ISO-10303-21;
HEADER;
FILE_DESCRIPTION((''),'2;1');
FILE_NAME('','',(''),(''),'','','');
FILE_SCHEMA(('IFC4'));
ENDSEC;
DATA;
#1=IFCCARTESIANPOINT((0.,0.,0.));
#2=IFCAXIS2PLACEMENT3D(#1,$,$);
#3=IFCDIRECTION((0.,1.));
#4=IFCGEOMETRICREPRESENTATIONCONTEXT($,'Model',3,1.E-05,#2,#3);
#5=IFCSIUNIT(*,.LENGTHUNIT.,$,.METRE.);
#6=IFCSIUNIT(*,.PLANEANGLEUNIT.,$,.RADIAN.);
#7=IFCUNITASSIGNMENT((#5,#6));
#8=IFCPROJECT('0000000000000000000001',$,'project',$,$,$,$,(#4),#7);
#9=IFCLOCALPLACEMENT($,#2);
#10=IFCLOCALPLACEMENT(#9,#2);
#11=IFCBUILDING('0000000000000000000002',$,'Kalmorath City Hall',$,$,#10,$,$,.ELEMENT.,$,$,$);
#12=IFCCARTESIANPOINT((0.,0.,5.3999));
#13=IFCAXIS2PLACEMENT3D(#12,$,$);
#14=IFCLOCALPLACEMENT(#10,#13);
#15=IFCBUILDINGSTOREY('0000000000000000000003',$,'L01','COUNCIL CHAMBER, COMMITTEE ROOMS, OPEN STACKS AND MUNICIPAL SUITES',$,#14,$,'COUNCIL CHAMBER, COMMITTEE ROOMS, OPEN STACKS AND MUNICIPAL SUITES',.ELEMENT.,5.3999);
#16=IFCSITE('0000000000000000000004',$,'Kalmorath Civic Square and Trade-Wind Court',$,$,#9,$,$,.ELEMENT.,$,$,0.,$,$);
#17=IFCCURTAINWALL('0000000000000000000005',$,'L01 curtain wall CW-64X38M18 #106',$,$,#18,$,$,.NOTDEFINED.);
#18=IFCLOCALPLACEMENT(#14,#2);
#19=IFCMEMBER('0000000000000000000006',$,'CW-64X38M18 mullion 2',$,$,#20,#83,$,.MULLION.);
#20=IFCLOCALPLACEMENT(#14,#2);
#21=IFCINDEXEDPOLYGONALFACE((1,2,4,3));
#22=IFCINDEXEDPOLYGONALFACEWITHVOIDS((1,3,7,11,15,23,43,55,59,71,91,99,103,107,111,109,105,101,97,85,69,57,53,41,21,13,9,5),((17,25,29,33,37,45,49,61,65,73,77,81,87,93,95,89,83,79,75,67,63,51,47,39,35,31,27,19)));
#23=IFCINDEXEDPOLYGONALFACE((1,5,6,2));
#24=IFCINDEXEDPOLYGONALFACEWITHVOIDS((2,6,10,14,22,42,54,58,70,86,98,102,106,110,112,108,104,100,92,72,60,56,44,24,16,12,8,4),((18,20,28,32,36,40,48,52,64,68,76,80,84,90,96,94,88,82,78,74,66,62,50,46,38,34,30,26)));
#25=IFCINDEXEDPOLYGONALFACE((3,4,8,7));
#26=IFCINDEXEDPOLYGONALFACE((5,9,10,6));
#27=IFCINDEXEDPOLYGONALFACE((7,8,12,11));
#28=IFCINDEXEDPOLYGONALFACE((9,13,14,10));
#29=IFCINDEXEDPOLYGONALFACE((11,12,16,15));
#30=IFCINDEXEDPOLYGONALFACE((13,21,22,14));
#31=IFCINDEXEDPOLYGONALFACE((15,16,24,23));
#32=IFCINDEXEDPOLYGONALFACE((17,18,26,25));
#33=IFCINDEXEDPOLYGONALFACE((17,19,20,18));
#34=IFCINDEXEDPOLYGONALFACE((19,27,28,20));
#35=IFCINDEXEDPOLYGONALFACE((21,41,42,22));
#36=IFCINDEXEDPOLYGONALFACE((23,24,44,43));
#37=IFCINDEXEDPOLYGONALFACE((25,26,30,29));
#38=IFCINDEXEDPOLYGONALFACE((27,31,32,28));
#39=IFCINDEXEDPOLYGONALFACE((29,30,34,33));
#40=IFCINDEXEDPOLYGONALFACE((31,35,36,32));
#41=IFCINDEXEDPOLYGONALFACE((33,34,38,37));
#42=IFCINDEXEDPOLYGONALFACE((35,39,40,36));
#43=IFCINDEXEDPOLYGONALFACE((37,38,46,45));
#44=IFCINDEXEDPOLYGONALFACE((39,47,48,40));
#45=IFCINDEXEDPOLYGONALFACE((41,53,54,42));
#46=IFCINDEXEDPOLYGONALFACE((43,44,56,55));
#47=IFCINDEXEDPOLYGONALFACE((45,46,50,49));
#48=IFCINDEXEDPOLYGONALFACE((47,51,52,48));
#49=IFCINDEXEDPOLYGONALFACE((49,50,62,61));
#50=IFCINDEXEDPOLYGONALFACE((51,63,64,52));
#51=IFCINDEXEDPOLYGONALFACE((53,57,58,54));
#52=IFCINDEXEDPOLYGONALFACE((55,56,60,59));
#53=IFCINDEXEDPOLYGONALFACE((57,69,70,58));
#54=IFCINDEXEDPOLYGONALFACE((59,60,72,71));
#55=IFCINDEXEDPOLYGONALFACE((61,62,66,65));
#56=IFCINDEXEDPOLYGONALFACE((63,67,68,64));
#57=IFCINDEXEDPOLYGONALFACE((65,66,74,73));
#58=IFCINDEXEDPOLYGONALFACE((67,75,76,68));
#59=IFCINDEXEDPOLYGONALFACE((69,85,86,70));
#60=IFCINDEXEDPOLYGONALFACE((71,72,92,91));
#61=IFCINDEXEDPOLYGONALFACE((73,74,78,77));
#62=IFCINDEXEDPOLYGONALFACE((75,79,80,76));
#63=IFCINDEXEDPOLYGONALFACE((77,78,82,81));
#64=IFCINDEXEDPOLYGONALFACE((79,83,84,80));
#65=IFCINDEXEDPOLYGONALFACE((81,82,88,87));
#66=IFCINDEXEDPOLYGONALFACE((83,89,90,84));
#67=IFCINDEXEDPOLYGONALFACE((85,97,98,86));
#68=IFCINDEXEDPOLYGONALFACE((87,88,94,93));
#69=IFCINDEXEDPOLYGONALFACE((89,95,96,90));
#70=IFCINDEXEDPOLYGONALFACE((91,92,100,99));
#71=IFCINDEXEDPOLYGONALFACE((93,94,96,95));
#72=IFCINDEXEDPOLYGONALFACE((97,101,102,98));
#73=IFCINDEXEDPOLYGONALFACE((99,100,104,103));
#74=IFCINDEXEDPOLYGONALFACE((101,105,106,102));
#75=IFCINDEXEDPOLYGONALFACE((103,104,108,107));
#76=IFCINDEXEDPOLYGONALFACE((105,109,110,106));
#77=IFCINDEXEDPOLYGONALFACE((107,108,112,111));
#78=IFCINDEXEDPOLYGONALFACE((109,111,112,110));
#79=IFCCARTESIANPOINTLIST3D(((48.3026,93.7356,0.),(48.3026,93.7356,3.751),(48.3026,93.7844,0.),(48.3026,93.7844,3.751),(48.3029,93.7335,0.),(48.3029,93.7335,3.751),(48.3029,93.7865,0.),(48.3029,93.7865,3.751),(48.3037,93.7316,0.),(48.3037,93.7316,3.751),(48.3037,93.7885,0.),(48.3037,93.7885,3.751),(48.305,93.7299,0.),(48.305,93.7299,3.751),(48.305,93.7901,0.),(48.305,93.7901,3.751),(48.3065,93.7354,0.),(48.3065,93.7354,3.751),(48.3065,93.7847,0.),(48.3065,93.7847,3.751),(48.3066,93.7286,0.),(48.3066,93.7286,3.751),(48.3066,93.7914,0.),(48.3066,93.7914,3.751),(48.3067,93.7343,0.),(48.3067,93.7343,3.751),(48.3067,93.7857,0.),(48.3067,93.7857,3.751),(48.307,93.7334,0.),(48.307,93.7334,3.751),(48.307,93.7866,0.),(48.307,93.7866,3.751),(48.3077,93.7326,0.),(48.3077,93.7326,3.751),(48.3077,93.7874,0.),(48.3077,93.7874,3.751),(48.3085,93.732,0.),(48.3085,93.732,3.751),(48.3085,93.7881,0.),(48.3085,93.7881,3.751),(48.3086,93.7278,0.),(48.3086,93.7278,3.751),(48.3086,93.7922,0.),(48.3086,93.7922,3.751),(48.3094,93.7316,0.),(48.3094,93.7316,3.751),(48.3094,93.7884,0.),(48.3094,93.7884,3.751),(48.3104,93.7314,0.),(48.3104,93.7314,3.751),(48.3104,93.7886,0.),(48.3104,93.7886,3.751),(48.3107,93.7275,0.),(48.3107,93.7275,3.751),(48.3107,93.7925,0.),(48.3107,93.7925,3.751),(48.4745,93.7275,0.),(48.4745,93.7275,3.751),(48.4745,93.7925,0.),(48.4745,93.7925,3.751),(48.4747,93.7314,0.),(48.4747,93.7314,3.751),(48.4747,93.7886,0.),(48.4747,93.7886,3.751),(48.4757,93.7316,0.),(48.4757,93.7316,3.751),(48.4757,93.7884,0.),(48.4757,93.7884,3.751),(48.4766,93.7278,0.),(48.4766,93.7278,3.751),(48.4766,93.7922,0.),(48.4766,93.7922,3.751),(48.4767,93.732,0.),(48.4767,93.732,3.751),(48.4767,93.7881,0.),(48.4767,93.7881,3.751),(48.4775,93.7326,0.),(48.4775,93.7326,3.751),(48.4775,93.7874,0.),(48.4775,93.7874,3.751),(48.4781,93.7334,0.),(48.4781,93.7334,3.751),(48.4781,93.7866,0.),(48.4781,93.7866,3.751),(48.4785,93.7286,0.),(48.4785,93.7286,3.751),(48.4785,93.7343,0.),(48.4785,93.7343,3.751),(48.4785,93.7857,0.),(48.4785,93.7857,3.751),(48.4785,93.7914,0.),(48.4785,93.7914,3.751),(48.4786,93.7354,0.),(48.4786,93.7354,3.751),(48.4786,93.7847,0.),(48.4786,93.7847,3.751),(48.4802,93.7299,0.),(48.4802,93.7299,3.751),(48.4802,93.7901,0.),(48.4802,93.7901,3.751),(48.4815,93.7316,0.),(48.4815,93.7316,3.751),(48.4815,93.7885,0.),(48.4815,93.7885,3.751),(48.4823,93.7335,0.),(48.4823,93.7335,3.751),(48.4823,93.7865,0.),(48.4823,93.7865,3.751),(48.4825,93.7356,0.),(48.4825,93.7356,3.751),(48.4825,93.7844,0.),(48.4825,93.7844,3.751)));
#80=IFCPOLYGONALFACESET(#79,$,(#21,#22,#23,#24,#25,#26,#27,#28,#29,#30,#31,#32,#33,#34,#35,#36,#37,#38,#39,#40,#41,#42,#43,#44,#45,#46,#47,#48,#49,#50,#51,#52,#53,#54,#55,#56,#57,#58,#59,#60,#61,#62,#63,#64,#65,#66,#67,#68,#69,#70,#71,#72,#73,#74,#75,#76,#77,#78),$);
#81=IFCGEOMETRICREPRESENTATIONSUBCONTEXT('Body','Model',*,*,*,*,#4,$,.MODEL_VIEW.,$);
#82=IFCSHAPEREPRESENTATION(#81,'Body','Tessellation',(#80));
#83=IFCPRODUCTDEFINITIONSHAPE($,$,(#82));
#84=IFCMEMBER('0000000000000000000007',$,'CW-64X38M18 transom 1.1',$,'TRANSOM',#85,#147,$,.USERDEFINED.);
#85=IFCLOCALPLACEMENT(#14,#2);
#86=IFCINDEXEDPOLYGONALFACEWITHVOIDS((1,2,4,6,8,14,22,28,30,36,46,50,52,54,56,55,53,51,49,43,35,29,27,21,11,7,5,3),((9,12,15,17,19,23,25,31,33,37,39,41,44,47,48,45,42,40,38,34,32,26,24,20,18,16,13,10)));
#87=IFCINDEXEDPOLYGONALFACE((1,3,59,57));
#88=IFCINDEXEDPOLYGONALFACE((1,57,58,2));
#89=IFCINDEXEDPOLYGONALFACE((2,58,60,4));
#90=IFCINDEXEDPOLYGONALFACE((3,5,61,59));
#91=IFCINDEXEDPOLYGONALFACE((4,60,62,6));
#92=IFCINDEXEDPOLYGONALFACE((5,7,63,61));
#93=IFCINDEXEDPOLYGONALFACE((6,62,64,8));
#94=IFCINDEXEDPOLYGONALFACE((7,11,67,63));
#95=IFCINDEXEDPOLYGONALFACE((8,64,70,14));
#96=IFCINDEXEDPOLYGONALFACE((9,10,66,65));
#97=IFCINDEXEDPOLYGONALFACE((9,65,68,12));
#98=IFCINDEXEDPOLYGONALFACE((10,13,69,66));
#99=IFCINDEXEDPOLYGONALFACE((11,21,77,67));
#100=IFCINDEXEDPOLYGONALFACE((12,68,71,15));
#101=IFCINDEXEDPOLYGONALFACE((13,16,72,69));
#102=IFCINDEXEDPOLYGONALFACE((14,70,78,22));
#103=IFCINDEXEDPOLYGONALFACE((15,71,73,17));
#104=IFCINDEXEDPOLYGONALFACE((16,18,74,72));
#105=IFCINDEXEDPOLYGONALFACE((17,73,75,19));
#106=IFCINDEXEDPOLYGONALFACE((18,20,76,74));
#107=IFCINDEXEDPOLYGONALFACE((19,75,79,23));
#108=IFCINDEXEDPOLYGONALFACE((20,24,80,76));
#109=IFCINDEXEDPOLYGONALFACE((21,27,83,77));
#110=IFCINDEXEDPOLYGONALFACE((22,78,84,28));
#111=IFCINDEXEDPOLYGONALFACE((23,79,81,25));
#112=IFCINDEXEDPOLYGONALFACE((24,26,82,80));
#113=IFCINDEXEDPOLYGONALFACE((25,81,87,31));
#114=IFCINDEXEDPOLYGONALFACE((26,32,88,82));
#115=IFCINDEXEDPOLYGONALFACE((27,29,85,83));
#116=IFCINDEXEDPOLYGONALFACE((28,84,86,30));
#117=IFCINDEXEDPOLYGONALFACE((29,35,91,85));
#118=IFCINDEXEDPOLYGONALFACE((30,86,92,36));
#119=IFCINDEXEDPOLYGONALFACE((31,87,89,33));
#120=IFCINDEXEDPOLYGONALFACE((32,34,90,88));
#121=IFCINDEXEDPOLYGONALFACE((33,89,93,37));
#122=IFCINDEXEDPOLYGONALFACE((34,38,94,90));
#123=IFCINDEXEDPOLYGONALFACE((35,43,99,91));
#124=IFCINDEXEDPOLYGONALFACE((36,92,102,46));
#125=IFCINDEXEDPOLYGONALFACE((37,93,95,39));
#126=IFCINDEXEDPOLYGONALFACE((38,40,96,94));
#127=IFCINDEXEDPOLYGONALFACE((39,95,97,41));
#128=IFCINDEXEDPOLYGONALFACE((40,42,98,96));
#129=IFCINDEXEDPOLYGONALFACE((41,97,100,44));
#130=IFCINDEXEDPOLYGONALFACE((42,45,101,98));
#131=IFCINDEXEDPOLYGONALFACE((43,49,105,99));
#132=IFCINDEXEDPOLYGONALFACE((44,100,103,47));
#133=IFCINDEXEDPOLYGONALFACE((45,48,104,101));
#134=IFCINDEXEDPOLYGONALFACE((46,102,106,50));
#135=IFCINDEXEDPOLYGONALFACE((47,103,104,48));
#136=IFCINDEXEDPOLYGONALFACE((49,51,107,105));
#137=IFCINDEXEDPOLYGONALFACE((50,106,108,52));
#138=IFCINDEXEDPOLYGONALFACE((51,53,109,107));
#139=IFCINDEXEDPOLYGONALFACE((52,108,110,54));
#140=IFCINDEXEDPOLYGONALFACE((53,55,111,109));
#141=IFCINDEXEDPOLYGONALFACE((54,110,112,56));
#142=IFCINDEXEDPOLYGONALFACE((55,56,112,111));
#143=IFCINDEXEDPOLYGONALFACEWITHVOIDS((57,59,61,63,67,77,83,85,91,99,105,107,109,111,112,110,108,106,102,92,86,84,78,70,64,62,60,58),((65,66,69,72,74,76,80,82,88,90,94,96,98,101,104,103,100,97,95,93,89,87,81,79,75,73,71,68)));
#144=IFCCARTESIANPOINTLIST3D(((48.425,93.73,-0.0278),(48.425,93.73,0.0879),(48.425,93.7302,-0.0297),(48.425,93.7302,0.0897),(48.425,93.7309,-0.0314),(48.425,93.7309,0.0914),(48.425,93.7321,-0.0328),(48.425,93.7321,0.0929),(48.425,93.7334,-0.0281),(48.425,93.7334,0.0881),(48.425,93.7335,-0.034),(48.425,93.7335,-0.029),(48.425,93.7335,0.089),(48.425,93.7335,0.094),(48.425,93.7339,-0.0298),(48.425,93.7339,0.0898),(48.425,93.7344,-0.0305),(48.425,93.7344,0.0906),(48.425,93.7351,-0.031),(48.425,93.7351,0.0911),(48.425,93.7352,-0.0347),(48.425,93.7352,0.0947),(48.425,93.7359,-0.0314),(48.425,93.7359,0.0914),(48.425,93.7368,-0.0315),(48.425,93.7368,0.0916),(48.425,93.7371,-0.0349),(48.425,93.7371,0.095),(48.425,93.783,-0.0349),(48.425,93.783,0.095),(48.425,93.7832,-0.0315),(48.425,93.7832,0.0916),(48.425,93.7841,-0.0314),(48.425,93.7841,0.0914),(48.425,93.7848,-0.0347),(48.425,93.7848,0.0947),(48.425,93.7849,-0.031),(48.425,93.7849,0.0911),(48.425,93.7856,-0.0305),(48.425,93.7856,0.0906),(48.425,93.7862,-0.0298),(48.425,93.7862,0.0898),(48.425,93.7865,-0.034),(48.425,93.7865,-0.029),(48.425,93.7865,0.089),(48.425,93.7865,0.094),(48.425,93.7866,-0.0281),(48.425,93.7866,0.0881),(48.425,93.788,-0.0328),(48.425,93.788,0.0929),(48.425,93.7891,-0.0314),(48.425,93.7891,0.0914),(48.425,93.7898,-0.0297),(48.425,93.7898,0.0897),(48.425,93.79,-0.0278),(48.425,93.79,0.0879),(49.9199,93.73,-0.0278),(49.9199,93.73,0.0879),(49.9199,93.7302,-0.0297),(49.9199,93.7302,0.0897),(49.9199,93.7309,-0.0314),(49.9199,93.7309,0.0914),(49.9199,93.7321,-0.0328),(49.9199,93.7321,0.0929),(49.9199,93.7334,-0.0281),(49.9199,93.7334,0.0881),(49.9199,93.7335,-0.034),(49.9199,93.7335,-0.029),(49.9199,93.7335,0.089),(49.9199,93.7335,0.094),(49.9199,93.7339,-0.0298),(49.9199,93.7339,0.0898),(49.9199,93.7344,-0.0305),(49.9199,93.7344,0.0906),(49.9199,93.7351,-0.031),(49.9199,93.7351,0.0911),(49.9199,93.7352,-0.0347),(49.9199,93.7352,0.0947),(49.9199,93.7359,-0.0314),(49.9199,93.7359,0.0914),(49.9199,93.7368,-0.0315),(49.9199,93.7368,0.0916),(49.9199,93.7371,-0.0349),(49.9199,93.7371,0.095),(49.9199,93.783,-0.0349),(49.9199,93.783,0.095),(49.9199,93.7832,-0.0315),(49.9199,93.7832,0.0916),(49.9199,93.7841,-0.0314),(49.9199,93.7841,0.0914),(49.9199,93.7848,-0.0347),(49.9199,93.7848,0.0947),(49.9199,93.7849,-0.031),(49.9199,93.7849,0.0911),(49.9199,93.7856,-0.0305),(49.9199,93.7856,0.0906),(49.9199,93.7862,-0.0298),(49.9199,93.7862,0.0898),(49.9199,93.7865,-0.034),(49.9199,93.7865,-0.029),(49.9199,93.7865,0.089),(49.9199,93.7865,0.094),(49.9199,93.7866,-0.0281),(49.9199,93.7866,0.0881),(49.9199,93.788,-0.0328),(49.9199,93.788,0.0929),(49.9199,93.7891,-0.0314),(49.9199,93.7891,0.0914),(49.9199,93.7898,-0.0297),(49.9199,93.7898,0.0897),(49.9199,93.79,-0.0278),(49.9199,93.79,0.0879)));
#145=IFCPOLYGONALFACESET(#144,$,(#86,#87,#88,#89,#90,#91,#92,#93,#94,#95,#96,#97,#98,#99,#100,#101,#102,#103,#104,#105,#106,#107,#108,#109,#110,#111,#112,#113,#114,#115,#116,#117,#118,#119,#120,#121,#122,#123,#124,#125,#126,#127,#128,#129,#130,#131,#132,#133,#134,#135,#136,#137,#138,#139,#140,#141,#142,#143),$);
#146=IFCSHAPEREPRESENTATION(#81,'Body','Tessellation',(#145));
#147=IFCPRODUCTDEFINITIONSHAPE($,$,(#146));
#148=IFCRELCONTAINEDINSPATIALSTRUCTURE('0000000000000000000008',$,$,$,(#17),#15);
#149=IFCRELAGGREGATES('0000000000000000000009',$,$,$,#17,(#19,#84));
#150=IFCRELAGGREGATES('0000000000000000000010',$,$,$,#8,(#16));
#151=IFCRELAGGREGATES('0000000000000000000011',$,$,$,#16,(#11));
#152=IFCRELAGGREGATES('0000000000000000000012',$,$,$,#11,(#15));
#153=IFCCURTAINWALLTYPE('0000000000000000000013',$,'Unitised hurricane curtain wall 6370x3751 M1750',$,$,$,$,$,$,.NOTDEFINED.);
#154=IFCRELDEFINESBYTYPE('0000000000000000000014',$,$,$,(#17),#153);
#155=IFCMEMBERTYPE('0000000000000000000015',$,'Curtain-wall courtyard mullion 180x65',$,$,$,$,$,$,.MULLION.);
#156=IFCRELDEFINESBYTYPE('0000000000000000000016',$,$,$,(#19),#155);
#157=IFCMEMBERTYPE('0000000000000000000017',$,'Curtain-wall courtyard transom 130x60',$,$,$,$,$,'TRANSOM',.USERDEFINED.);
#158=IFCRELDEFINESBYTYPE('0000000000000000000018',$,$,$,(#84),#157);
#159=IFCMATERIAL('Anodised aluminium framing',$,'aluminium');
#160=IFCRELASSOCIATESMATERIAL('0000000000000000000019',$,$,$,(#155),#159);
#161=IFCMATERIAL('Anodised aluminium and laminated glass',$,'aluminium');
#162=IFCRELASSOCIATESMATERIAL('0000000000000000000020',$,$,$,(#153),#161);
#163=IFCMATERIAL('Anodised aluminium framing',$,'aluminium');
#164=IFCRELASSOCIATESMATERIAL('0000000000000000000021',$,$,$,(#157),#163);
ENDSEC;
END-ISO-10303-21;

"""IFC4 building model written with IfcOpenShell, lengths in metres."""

from ifc_helpers import new_model, si_unit, direction, frame, origin, origin_2d, place, context, subcontext, project, spatial, hollow_rectangle, extrude, material, material_profile, profile_set, type_object, element, aggregate, save


model = new_model("IFC4")

# Units and contexts
model_context = context("Model", 3, precision=1e-05, world=origin(), true_north=direction((0.0, 1.0)))
body_context = subcontext(model_context, "Body", "Model", "MODEL_VIEW")
ifc_project = project(units=[si_unit("LENGTHUNIT", "METRE"), si_unit("PLANEANGLEUNIT", "RADIAN")], contexts=[model_context])

# Site, building, storey
site_placement = place(None, origin())
site = spatial("IfcSite", under=ifc_project, at=site_placement, Name="Kalmorath Civic Square and Trade-Wind Court", CompositionType="ELEMENT", RefElevation=0.0)
building_placement = place(site_placement, origin())
building = spatial("IfcBuilding", under=site, at=building_placement, Name="Kalmorath City Hall", CompositionType="ELEMENT")
storey_placement = place(building_placement, frame((0.0, 0.0, 5.3999)))
storey = spatial("IfcBuildingStorey", under=building, at=storey_placement, Name="L01", Description="COUNCIL CHAMBER, COMMITTEE ROOMS, OPEN STACKS AND MUNICIPAL SUITES", LongName="COUNCIL CHAMBER, COMMITTEE ROOMS, OPEN STACKS AND MUNICIPAL SUITES", CompositionType="ELEMENT", Elevation=5.3999)

# Shared definitions
ifc_material_1 = material(Name="Anodised aluminium framing", Category="aluminium")
ifc_material_profile_1 = material_profile(ifc_material_1, hollow_rectangle(XDim=0.0649, YDim=0.1799, WallThickness=0.0039, InnerFilletRadius=0.0039, OuterFilletRadius=0.0081, at=origin_2d()), Name="ALU-MUL-180X65X4")
ifc_profile_set_1 = profile_set([ifc_material_profile_1], Name="Anodised aluminium framing")
member_type_1 = type_object("IfcMemberType", Name="Curtain-wall courtyard mullion 180x65", PredefinedType="MULLION", material=ifc_profile_set_1)

# Curtain wall, members
ifc_material_2 = material(Name="Anodised aluminium and laminated glass", Category="aluminium")
curtain_wall_type_1 = type_object("IfcCurtainWallType", Name="Unitised hurricane curtain wall 6370x3751 M1750", PredefinedType="NOTDEFINED", material=ifc_material_2)
curtain_wall_1_placement = place(storey_placement, origin())
curtain_wall_1 = element("IfcCurtainWall", 1, at=curtain_wall_1_placement, inside=storey, type_object=curtain_wall_type_1, Name="L01 curtain wall CW-64X38M18 #106", PredefinedType="NOTDEFINED")
member_1_placement = place(storey_placement, frame((48.3926, 93.76, 0.0), z_axis=(0.0, 0.0, 1.0), x_axis=(0.0, -1.0, 0.0)))
member_1 = element("IfcMember", 2, at=member_1_placement, type_object=member_type_1, Name="CW-64X38M18 mullion 2", PredefinedType="MULLION", context=body_context, shape_type="SweptSolid", body=[
    extrude(hollow_rectangle(XDim=0.0649, YDim=0.1799, WallThickness=0.0039, InnerFilletRadius=0.0039, OuterFilletRadius=0.0081, at=origin_2d()), origin(), (0.0, 0.0, 1.0), 3.751),
])
ifc_material_3 = material(Name="Anodised aluminium framing", Category="aluminium")
ifc_material_profile_2 = material_profile(ifc_material_3, hollow_rectangle(XDim=0.0601, YDim=0.1299, WallThickness=0.0034, InnerFilletRadius=0.0034, OuterFilletRadius=0.0071, at=origin_2d()), Name="ALU-TRN-130X60X3.5")
ifc_profile_set_2 = profile_set([ifc_material_profile_2], Name="Anodised aluminium framing")
member_type_2 = type_object("IfcMemberType", Name="Curtain-wall courtyard transom 130x60", ElementType="TRANSOM", PredefinedType="USERDEFINED", material=ifc_profile_set_2)
member_2_placement = place(storey_placement, frame((49.9199, 93.76, 0.03), z_axis=(-1.0, 0.0, 0.0), x_axis=(0.0, -1.0, 0.0)))
member_2 = element("IfcMember", 3, at=member_2_placement, type_object=member_type_2, Name="CW-64X38M18 transom 1.1", ObjectType="TRANSOM", PredefinedType="USERDEFINED", context=body_context, shape_type="SweptSolid", body=[
    extrude(hollow_rectangle(XDim=0.0601, YDim=0.1299, WallThickness=0.0034, InnerFilletRadius=0.0034, OuterFilletRadius=0.0071, at=origin_2d()), origin(), (0.0, 0.0, 1.0), 1.4949),
])

aggregate(curtain_wall_1, [member_1, member_2])

save(model, "model.ifc")
